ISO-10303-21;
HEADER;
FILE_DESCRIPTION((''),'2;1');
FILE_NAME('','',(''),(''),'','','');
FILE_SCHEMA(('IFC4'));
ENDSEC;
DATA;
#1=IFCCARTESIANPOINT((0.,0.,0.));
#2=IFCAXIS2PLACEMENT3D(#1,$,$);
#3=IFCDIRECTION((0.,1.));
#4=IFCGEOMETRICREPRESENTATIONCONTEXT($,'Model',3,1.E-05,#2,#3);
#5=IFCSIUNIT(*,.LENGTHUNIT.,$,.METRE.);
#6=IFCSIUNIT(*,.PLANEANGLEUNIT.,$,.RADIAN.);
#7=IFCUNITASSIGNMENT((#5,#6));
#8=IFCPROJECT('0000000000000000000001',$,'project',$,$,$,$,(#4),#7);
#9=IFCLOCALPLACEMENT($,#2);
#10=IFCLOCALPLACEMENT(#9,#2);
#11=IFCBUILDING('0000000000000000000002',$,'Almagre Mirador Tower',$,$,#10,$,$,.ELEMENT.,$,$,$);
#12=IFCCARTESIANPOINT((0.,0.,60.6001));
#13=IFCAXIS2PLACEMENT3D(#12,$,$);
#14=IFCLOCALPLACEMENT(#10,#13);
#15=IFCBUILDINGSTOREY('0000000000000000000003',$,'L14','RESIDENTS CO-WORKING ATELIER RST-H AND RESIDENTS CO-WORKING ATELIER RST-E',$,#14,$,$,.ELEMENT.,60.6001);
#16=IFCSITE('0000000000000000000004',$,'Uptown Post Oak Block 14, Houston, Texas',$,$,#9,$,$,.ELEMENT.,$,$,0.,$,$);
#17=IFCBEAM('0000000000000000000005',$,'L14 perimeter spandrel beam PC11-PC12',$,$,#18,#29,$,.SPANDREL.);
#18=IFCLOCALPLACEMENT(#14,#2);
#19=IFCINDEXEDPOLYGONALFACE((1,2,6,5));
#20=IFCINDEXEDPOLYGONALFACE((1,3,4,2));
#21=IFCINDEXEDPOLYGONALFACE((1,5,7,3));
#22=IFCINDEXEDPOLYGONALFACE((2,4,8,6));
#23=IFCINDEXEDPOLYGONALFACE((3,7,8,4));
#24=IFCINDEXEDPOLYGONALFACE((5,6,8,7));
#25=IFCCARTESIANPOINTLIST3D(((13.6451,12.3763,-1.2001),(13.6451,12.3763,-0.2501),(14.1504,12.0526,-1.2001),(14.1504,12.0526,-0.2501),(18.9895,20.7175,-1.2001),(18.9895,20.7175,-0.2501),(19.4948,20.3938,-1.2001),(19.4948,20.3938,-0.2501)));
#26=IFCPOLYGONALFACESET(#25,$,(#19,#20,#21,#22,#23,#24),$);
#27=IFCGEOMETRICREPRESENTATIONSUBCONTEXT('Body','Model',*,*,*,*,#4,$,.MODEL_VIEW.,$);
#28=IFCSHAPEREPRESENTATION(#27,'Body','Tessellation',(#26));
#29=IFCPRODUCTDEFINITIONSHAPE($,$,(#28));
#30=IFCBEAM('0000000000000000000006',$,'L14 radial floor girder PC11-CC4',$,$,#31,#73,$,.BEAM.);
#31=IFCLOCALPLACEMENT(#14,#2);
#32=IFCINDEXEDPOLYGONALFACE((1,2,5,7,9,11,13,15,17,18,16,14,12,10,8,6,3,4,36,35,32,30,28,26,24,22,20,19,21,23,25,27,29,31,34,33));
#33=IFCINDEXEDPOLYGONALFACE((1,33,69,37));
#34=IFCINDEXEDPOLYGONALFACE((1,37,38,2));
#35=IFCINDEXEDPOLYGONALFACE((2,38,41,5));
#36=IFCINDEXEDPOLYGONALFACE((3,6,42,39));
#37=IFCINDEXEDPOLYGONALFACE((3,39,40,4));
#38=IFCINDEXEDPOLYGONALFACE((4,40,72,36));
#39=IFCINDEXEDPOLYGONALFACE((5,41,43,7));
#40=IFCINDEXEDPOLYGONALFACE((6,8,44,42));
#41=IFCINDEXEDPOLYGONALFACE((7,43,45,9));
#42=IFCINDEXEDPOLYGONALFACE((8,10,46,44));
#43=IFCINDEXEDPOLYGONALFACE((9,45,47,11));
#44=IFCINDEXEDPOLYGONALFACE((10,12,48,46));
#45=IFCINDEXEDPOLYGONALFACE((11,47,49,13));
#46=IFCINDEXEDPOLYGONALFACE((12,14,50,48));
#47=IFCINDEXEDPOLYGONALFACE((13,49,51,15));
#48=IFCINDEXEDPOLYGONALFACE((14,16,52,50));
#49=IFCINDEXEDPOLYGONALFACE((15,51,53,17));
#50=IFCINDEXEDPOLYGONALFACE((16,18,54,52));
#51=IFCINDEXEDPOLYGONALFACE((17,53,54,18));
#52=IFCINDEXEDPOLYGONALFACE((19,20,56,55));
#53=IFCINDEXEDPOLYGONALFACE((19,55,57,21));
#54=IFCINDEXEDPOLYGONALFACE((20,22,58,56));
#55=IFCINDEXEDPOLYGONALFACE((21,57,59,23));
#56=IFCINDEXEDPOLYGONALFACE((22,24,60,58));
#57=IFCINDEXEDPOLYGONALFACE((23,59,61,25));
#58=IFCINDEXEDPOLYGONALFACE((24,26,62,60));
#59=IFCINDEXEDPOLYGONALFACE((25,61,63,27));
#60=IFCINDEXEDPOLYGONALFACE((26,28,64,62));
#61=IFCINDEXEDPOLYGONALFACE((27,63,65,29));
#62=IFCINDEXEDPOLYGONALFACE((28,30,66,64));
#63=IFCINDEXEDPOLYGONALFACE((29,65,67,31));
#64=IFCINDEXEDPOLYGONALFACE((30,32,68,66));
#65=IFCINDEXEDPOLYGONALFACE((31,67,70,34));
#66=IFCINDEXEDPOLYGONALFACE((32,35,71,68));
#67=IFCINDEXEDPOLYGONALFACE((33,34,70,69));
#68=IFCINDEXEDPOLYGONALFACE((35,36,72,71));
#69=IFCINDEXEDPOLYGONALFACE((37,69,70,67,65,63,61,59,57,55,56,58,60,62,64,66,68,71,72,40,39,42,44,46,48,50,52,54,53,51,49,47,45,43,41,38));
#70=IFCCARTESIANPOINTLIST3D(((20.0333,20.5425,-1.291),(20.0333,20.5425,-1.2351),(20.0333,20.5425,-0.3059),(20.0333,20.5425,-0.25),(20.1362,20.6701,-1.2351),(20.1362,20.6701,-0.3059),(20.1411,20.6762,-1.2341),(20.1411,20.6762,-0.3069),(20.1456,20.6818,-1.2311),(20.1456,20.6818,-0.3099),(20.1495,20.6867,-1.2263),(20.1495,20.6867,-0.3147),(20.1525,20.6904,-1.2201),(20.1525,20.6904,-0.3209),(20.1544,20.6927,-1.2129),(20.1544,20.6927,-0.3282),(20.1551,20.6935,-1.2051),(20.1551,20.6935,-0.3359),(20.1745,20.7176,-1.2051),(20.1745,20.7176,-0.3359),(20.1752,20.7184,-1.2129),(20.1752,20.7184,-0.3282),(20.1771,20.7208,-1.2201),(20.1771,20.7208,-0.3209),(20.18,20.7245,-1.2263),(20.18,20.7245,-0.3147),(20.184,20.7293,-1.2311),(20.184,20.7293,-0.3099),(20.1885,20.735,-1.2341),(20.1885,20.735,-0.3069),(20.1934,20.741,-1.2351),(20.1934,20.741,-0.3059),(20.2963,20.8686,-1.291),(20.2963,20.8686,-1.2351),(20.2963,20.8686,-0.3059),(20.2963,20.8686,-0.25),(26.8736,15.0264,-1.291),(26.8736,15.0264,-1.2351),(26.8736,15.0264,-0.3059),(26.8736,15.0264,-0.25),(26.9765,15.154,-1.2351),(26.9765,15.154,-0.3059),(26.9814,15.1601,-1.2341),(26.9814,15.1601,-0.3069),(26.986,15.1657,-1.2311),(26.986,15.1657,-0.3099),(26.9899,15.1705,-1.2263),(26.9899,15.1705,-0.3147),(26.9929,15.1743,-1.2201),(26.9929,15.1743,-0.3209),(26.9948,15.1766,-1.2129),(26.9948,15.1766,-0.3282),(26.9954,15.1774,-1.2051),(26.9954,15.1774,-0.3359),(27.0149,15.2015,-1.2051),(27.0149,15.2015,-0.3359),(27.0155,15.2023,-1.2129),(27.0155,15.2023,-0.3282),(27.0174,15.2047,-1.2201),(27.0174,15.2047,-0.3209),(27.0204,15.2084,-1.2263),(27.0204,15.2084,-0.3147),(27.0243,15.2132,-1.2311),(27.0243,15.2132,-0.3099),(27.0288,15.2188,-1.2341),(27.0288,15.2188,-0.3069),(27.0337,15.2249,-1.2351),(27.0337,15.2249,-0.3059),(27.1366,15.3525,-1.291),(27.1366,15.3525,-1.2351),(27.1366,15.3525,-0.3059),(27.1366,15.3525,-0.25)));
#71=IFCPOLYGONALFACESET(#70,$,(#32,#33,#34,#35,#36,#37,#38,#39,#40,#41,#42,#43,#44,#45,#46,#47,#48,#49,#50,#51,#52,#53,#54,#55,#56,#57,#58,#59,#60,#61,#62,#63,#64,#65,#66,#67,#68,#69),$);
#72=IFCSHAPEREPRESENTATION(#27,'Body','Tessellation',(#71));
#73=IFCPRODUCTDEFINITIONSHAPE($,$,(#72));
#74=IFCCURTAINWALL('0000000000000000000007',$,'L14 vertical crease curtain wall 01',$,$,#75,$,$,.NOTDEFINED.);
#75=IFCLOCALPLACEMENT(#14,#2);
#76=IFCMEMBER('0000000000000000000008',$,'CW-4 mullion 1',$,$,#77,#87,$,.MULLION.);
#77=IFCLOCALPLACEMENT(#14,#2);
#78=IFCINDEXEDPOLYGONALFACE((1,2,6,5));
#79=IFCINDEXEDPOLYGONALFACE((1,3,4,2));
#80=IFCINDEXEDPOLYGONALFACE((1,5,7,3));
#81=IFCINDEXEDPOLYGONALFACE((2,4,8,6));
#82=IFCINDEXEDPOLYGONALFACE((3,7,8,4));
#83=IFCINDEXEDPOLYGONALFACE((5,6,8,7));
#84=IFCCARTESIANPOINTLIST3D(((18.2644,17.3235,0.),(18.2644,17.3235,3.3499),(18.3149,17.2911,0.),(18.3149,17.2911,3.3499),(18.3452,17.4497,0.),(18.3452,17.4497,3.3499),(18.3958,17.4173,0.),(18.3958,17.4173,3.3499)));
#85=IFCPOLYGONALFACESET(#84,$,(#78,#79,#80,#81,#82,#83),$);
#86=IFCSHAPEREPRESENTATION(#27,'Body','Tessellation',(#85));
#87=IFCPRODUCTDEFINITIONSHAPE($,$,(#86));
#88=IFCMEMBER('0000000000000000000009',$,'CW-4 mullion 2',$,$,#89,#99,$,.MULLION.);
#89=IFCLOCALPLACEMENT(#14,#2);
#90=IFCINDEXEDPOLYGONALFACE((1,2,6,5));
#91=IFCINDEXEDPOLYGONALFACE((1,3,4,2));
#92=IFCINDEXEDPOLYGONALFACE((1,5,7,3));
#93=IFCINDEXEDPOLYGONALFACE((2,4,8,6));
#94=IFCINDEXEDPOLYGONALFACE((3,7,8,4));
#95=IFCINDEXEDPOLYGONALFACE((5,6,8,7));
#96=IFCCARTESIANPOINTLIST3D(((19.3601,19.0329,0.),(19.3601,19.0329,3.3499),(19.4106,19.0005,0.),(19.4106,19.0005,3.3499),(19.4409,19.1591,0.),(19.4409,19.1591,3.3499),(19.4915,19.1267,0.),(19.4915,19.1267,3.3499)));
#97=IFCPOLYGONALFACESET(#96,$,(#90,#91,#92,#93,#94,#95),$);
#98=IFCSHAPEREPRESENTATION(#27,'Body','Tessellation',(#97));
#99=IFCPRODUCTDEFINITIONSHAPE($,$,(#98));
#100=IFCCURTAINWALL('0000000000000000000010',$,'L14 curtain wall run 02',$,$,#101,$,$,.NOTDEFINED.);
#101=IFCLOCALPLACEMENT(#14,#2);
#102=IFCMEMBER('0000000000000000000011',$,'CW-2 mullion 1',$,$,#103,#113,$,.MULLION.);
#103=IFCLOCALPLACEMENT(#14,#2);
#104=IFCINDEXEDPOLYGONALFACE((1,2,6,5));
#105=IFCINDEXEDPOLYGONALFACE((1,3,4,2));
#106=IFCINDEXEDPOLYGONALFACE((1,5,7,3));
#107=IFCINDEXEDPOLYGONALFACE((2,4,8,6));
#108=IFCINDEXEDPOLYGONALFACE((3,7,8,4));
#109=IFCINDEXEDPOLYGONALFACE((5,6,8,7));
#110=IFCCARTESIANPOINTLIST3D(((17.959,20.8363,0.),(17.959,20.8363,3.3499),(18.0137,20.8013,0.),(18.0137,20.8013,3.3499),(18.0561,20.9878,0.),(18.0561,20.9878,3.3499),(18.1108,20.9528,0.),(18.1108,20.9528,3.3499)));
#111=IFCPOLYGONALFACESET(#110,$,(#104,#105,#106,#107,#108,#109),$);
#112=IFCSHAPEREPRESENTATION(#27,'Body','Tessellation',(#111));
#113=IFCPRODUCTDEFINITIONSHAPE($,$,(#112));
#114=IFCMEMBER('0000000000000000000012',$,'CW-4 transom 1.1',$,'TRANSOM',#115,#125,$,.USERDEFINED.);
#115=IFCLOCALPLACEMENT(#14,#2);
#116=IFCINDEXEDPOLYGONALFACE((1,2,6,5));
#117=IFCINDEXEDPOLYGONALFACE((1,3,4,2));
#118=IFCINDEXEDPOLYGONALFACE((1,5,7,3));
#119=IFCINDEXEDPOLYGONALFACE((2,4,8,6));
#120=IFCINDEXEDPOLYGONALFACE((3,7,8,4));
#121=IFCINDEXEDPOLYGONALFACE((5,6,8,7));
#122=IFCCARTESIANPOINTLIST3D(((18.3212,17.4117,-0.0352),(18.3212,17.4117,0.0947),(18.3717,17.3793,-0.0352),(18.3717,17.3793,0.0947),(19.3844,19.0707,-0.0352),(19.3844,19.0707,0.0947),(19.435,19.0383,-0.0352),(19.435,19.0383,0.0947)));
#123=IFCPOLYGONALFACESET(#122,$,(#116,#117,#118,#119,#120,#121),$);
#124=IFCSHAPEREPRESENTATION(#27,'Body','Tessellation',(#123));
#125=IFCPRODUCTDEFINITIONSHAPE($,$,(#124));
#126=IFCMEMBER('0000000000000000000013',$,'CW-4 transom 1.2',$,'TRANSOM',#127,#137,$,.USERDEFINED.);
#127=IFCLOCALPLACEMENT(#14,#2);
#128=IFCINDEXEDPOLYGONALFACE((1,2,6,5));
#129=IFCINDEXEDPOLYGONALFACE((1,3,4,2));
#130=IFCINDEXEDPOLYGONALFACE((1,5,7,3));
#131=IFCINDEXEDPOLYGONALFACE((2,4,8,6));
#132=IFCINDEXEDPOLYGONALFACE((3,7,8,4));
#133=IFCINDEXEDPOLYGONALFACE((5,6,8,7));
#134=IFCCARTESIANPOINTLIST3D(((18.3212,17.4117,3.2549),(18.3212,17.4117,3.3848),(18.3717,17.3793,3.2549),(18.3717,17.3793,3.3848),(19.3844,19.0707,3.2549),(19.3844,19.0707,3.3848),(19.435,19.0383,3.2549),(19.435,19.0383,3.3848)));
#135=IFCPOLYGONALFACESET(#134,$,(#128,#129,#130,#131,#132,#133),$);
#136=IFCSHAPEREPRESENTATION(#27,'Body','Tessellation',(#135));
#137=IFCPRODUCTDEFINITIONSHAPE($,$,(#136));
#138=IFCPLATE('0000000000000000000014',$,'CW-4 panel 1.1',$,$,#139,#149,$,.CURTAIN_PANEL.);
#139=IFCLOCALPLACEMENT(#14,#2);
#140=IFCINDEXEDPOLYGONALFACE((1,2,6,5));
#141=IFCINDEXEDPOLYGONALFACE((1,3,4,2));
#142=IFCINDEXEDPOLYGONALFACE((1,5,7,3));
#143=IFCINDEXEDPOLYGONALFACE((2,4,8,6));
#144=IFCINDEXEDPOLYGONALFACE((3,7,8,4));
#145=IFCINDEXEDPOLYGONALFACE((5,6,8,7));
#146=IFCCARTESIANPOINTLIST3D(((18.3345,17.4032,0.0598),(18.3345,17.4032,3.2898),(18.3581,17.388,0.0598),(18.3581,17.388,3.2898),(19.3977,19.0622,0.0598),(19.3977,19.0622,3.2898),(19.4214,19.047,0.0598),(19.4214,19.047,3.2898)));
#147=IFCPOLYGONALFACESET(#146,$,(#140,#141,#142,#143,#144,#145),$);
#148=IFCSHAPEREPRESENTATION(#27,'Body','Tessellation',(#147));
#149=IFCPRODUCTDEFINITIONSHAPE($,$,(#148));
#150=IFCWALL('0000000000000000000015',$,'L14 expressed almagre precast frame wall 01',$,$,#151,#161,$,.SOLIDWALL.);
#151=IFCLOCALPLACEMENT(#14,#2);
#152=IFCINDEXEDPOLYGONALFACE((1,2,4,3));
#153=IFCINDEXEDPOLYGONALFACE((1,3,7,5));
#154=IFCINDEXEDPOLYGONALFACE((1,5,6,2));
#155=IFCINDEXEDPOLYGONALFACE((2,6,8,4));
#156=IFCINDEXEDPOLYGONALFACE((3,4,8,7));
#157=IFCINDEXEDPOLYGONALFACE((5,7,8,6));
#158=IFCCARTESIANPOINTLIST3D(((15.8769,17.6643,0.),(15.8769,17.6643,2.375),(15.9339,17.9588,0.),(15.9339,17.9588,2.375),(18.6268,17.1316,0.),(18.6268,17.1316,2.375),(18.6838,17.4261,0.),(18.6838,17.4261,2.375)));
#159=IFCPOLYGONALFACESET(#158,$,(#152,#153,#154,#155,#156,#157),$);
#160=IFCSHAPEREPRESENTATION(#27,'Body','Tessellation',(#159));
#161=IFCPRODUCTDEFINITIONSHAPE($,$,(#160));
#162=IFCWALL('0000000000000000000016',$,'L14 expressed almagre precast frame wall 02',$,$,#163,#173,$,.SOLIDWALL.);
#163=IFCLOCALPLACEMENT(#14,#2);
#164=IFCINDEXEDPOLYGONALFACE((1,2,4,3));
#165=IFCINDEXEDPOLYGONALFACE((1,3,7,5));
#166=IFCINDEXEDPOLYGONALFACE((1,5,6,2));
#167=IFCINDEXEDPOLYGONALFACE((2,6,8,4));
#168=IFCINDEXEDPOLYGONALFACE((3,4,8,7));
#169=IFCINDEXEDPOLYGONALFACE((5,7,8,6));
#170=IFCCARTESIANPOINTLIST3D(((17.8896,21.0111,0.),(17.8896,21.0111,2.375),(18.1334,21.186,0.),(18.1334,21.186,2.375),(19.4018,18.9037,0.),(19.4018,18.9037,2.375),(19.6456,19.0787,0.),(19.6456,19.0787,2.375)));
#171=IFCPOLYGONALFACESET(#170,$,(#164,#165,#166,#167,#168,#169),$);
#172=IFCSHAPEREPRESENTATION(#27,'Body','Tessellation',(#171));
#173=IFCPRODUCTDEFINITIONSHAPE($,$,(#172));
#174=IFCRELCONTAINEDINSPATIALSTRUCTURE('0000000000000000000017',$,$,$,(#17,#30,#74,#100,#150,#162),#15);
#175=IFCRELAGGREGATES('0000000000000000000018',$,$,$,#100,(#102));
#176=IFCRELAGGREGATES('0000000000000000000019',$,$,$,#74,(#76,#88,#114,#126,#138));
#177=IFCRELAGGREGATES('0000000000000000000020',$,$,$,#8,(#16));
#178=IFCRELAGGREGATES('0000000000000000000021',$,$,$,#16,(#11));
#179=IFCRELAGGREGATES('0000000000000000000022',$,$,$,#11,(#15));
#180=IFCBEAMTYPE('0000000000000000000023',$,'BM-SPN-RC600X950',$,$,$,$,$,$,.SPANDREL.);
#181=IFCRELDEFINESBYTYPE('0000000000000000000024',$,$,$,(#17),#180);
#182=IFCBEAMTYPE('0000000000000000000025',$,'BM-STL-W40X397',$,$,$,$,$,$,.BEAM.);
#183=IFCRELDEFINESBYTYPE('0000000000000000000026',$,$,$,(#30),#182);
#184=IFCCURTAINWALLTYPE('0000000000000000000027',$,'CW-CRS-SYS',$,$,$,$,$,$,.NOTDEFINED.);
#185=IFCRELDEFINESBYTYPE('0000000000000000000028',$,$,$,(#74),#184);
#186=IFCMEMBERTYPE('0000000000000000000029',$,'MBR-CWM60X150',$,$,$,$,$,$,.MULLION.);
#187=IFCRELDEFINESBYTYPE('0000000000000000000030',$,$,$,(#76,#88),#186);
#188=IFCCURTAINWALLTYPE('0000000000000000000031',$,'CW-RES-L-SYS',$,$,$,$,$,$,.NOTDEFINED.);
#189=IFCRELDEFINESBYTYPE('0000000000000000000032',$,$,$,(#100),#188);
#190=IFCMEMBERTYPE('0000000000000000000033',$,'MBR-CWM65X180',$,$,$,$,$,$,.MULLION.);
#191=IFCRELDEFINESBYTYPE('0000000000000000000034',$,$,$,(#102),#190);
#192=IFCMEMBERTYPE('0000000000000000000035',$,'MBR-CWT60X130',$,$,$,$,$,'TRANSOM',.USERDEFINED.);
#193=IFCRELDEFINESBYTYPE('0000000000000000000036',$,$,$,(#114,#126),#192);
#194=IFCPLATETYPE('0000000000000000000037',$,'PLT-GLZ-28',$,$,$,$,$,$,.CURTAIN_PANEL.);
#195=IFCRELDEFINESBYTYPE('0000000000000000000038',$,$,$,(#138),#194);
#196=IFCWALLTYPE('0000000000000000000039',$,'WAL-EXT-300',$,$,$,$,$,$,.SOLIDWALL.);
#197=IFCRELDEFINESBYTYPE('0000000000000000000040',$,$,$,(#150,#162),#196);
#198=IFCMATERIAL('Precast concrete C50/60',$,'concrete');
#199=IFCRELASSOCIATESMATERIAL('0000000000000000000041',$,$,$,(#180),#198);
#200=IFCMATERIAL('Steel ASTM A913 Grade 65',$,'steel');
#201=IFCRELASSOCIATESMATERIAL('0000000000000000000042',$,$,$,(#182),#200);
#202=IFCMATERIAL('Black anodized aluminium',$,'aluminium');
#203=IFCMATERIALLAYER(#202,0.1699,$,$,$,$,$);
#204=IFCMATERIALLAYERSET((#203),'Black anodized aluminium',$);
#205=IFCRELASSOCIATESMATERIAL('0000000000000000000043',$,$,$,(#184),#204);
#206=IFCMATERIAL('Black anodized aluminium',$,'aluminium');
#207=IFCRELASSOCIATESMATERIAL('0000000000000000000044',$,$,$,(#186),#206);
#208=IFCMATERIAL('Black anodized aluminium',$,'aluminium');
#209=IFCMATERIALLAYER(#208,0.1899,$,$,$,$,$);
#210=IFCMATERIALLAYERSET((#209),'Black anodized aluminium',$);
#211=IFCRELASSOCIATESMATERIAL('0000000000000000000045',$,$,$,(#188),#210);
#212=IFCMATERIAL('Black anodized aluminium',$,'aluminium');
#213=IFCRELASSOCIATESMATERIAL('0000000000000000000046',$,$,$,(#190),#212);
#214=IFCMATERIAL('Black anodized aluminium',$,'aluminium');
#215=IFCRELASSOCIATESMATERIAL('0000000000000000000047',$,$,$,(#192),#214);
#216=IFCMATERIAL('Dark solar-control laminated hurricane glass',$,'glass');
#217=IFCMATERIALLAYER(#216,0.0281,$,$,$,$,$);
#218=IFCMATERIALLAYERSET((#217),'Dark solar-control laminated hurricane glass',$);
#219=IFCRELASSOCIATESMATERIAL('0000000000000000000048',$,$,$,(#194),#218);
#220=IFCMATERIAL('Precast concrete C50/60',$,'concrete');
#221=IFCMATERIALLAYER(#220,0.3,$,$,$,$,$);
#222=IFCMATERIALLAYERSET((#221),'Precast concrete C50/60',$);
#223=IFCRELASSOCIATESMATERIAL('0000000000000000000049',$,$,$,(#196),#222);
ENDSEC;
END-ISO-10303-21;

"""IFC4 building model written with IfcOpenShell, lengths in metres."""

from ifc_helpers import new_model, si_unit, direction, frame, frame_2d, origin, origin_2d, place, context, subcontext, project, spatial, rectangle, i_section, extrude, material, layer, layer_set, material_profile, profile_set, type_object, element, aggregate, save


model = new_model("IFC4")

# Units and contexts
model_context = context("Model", 3, precision=1e-05, world=origin(), true_north=direction((0.0, 1.0)))
body_context = subcontext(model_context, "Body", "Model", "MODEL_VIEW")
ifc_project = project(units=[si_unit("LENGTHUNIT", "METRE"), si_unit("PLANEANGLEUNIT", "RADIAN")], contexts=[model_context])

# Site, building, storey
site_placement = place(None, origin())
site = spatial("IfcSite", under=ifc_project, at=site_placement, Name="Uptown Post Oak Block 14, Houston, Texas", CompositionType="ELEMENT", RefElevation=0.0)
building_placement = place(site_placement, origin())
building = spatial("IfcBuilding", under=site, at=building_placement, Name="Almagre Mirador Tower", CompositionType="ELEMENT")
storey_placement = place(building_placement, frame((0.0, 0.0, 60.6001)))
storey = spatial("IfcBuildingStorey", under=building, at=storey_placement, Name="L14", Description="RESIDENTS CO-WORKING ATELIER RST-H AND RESIDENTS CO-WORKING ATELIER RST-E", CompositionType="ELEMENT", Elevation=60.6001)

# Beams
ifc_material_1 = material(Name="Precast concrete C50/60", Category="concrete")
ifc_material_profile_1 = material_profile(ifc_material_1, rectangle(XDim=0.6001, YDim=0.95, at=origin_2d()), Name="RC600X950")
ifc_profile_set_1 = profile_set([ifc_material_profile_1], Name="Precast concrete C50/60")
beam_type_1 = type_object("IfcBeamType", Name="BM-SPN-RC600X950", PredefinedType="SPANDREL", material=ifc_profile_set_1)
beam_1_placement = place(storey_placement, frame((19.2422, 20.5557, -0.7251), z_axis=(-0.539487, -0.841994, 0.0), x_axis=(0.841994, -0.539487, 0.0)))
element("IfcBeam", 1, at=beam_1_placement, inside=storey, type_object=beam_type_1, Name="L14 perimeter spandrel beam PC11-PC12", PredefinedType="SPANDREL", context=body_context, shape_type="SweptSolid", body=[
    extrude(rectangle(XDim=0.6001, YDim=0.95, at=origin_2d()), origin(), (0.0, 0.0, 1.0), 9.9065),
])
ifc_material_2 = material(Name="Steel ASTM A913 Grade 65", Category="steel")
ifc_material_profile_2 = material_profile(ifc_material_2, i_section(OverallWidth=0.4189, OverallDepth=1.041, WebThickness=0.031, FlangeThickness=0.0559, FilletRadius=0.03, at=origin_2d()), Name="W40X397")
ifc_profile_set_2 = profile_set([ifc_material_profile_2], Name="Steel ASTM A913 Grade 65")
beam_type_2 = type_object("IfcBeamType", Name="BM-STL-W40X397", PredefinedType="BEAM", material=ifc_profile_set_2)
beam_2_placement = place(storey_placement, frame((20.1648, 20.7056, -0.7705), z_axis=(0.778429, -0.627733, 0.0), x_axis=(0.627733, 0.778429, 0.0)))
element("IfcBeam", 2, at=beam_2_placement, inside=storey, type_object=beam_type_2, Name="L14 radial floor girder PC11-CC4", PredefinedType="BEAM", context=body_context, shape_type="SweptSolid", body=[
    extrude(i_section(OverallWidth=0.4189, OverallDepth=1.041, WebThickness=0.031, FlangeThickness=0.0559, FilletRadius=0.03, at=origin_2d()), origin(), (0.0, 0.0, 1.0), 8.7874),
])

# Curtain wall, members
ifc_material_3 = material(Name="Black anodized aluminium", Category="aluminium")
ifc_layer_1 = layer(ifc_material_3, 0.1699)
ifc_layer_set_1 = layer_set([ifc_layer_1], Name="Black anodized aluminium")
curtain_wall_type_1 = type_object("IfcCurtainWallType", Name="CW-CRS-SYS", PredefinedType="NOTDEFINED", material=ifc_layer_set_1)
curtain_wall_1_placement = place(storey_placement, origin())
curtain_wall_1 = element("IfcCurtainWall", 3, at=curtain_wall_1_placement, inside=storey, type_object=curtain_wall_type_1, Name="L14 vertical crease curtain wall 01", PredefinedType="NOTDEFINED")
ifc_material_4 = material(Name="Black anodized aluminium", Category="aluminium")
ifc_material_profile_3 = material_profile(ifc_material_4, rectangle(XDim=0.0601, YDim=0.1499, at=origin_2d()), Name="CWM60X150")
ifc_profile_set_3 = profile_set([ifc_material_profile_3], Name="Black anodized aluminium")
member_type_1 = type_object("IfcMemberType", Name="MBR-CWM60X150", PredefinedType="MULLION", material=ifc_profile_set_3)
member_1_placement = place(storey_placement, frame((18.3301, 17.3704, 0.0), z_axis=(0.0, 0.0, 1.0), x_axis=(-0.841924, 0.539597, 0.0)))
member_1 = element("IfcMember", 4, at=member_1_placement, type_object=member_type_1, Name="CW-4 mullion 1", PredefinedType="MULLION", context=body_context, shape_type="SweptSolid", body=[
    extrude(rectangle(XDim=0.0601, YDim=0.1499, at=origin_2d()), origin(), (0.0, 0.0, 1.0), 3.3499),
])
member_2_placement = place(storey_placement, frame((19.4258, 19.0798, 0.0), z_axis=(0.0, 0.0, 1.0), x_axis=(-0.841924, 0.539597, 0.0)))
member_2 = element("IfcMember", 5, at=member_2_placement, type_object=member_type_1, Name="CW-4 mullion 2", PredefinedType="MULLION", context=body_context, shape_type="SweptSolid", body=[
    extrude(rectangle(XDim=0.0601, YDim=0.1499, at=origin_2d()), origin(), (0.0, 0.0, 1.0), 3.3499),
])

# Curtain wall, member
ifc_material_5 = material(Name="Black anodized aluminium", Category="aluminium")
ifc_layer_2 = layer(ifc_material_5, 0.1899)
ifc_layer_set_2 = layer_set([ifc_layer_2], Name="Black anodized aluminium")
curtain_wall_type_2 = type_object("IfcCurtainWallType", Name="CW-RES-L-SYS", PredefinedType="NOTDEFINED", material=ifc_layer_set_2)
curtain_wall_2_placement = place(storey_placement, origin())
curtain_wall_2 = element("IfcCurtainWall", 6, at=curtain_wall_2_placement, inside=storey, type_object=curtain_wall_type_2, Name="L14 curtain wall run 02", PredefinedType="NOTDEFINED")
ifc_material_6 = material(Name="Black anodized aluminium", Category="aluminium")
ifc_material_profile_4 = material_profile(ifc_material_6, rectangle(XDim=0.0649, YDim=0.1799, at=origin_2d()), Name="CWM65X180")
ifc_profile_set_4 = profile_set([ifc_material_profile_4], Name="Black anodized aluminium")
member_type_2 = type_object("IfcMemberType", Name="MBR-CWM65X180", PredefinedType="MULLION", material=ifc_profile_set_4)
member_3_placement = place(storey_placement, frame((18.0349, 20.8945, 0.0), z_axis=(0.0, 0.0, 1.0), x_axis=(-0.841985, 0.539502, 0.0)))
member_3 = element("IfcMember", 7, at=member_3_placement, type_object=member_type_2, Name="CW-2 mullion 1", PredefinedType="MULLION", context=body_context, shape_type="SweptSolid", body=[
    extrude(rectangle(XDim=0.0649, YDim=0.1799, at=origin_2d()), origin(), (0.0, 0.0, 1.0), 3.3499),
])
aggregate(curtain_wall_2, [member_3])

# Members
ifc_material_7 = material(Name="Black anodized aluminium", Category="aluminium")
ifc_material_profile_5 = material_profile(ifc_material_7, rectangle(XDim=0.0601, YDim=0.1299, at=origin_2d()), Name="CWT60X130")
ifc_profile_set_5 = profile_set([ifc_material_profile_5], Name="Black anodized aluminium")
member_type_3 = type_object("IfcMemberType", Name="MBR-CWT60X130", ElementType="TRANSOM", PredefinedType="USERDEFINED", material=ifc_profile_set_5)
member_4_placement = place(storey_placement, frame((18.3464, 17.3955, 0.0298), z_axis=(0.539599, 0.841922, 0.0), x_axis=(-0.841922, 0.539599, 0.0)))
member_4 = element("IfcMember", 8, at=member_4_placement, type_object=member_type_3, Name="CW-4 transom 1.1", ObjectType="TRANSOM", PredefinedType="USERDEFINED", context=body_context, shape_type="SweptSolid", body=[
    extrude(rectangle(XDim=0.0601, YDim=0.1299, at=origin_2d()), origin(), (0.0, 0.0, 1.0), 1.9705),
])
member_5_placement = place(storey_placement, frame((18.3464, 17.3955, 3.3198), z_axis=(0.539599, 0.841922, 0.0), x_axis=(-0.841922, 0.539599, 0.0)))
member_5 = element("IfcMember", 9, at=member_5_placement, type_object=member_type_3, Name="CW-4 transom 1.2", ObjectType="TRANSOM", PredefinedType="USERDEFINED", context=body_context, shape_type="SweptSolid", body=[
    extrude(rectangle(XDim=0.0601, YDim=0.1299, at=origin_2d()), origin(), (0.0, 0.0, 1.0), 1.9705),
])

# Plate
ifc_material_8 = material(Name="Dark solar-control laminated hurricane glass", Category="glass")
ifc_layer_3 = layer(ifc_material_8, 0.0281)
ifc_layer_set_3 = layer_set([ifc_layer_3], Name="Dark solar-control laminated hurricane glass")
plate_type = type_object("IfcPlateType", Name="PLT-GLZ-28", PredefinedType="CURTAIN_PANEL", material=ifc_layer_set_3)
plate_placement = place(storey_placement, frame((18.8779, 18.2251, 0.0598), z_axis=(0.0, 0.0, 1.0), x_axis=(0.539597, 0.841924, 0.0)))
plate = element("IfcPlate", 10, at=plate_placement, type_object=plate_type, Name="CW-4 panel 1.1", PredefinedType="CURTAIN_PANEL", context=body_context, shape_type="SweptSolid", body=[
    extrude(rectangle(XDim=1.9705, YDim=0.0281, at=origin_2d()), origin(), (0.0, 0.0, 1.0), 3.23),
])
aggregate(curtain_wall_1, [member_1, member_2, member_4, member_5, plate])

# Walls
ifc_material_9 = material(Name="Precast concrete C50/60", Category="concrete")
ifc_layer_4 = layer(ifc_material_9, 0.3)
ifc_layer_set_4 = layer_set([ifc_layer_4], Name="Precast concrete C50/60")
wall_type_1 = type_object("IfcWallType", Name="WAL-EXT-300", PredefinedType="SOLIDWALL", material=ifc_layer_set_4)
wall_1_placement = place(storey_placement, frame((15.9055, 17.8115, 0.0), z_axis=(0.0, 0.0, 1.0), x_axis=(0.981749, -0.190179, 0.0)))
element("IfcWall", 11, at=wall_1_placement, inside=storey, type_object=wall_type_1, Name="L14 expressed almagre precast frame wall 01", PredefinedType="SOLIDWALL", context=body_context, shape_type="SweptSolid", body=[
    extrude(rectangle(XDim=2.801, YDim=0.3, at=frame_2d((1.4004, 0.0))), origin(), (0.0, 0.0, 1.0), 2.375),
])
wall_2_placement = place(storey_placement, frame((19.5237, 18.9912, 0.0), z_axis=(0.0, 0.0, 1.0), x_axis=(-0.583, 0.812472, 0.0)))
element("IfcWall", 12, at=wall_2_placement, inside=storey, type_object=wall_type_1, Name="L14 expressed almagre precast frame wall 02", PredefinedType="SOLIDWALL", context=body_context, shape_type="SweptSolid", body=[
    extrude(rectangle(XDim=2.5938, YDim=0.3, at=frame_2d((1.2969, 0.0))), origin(), (0.0, 0.0, 1.0), 2.375),
])

save(model, "model.ifc")
